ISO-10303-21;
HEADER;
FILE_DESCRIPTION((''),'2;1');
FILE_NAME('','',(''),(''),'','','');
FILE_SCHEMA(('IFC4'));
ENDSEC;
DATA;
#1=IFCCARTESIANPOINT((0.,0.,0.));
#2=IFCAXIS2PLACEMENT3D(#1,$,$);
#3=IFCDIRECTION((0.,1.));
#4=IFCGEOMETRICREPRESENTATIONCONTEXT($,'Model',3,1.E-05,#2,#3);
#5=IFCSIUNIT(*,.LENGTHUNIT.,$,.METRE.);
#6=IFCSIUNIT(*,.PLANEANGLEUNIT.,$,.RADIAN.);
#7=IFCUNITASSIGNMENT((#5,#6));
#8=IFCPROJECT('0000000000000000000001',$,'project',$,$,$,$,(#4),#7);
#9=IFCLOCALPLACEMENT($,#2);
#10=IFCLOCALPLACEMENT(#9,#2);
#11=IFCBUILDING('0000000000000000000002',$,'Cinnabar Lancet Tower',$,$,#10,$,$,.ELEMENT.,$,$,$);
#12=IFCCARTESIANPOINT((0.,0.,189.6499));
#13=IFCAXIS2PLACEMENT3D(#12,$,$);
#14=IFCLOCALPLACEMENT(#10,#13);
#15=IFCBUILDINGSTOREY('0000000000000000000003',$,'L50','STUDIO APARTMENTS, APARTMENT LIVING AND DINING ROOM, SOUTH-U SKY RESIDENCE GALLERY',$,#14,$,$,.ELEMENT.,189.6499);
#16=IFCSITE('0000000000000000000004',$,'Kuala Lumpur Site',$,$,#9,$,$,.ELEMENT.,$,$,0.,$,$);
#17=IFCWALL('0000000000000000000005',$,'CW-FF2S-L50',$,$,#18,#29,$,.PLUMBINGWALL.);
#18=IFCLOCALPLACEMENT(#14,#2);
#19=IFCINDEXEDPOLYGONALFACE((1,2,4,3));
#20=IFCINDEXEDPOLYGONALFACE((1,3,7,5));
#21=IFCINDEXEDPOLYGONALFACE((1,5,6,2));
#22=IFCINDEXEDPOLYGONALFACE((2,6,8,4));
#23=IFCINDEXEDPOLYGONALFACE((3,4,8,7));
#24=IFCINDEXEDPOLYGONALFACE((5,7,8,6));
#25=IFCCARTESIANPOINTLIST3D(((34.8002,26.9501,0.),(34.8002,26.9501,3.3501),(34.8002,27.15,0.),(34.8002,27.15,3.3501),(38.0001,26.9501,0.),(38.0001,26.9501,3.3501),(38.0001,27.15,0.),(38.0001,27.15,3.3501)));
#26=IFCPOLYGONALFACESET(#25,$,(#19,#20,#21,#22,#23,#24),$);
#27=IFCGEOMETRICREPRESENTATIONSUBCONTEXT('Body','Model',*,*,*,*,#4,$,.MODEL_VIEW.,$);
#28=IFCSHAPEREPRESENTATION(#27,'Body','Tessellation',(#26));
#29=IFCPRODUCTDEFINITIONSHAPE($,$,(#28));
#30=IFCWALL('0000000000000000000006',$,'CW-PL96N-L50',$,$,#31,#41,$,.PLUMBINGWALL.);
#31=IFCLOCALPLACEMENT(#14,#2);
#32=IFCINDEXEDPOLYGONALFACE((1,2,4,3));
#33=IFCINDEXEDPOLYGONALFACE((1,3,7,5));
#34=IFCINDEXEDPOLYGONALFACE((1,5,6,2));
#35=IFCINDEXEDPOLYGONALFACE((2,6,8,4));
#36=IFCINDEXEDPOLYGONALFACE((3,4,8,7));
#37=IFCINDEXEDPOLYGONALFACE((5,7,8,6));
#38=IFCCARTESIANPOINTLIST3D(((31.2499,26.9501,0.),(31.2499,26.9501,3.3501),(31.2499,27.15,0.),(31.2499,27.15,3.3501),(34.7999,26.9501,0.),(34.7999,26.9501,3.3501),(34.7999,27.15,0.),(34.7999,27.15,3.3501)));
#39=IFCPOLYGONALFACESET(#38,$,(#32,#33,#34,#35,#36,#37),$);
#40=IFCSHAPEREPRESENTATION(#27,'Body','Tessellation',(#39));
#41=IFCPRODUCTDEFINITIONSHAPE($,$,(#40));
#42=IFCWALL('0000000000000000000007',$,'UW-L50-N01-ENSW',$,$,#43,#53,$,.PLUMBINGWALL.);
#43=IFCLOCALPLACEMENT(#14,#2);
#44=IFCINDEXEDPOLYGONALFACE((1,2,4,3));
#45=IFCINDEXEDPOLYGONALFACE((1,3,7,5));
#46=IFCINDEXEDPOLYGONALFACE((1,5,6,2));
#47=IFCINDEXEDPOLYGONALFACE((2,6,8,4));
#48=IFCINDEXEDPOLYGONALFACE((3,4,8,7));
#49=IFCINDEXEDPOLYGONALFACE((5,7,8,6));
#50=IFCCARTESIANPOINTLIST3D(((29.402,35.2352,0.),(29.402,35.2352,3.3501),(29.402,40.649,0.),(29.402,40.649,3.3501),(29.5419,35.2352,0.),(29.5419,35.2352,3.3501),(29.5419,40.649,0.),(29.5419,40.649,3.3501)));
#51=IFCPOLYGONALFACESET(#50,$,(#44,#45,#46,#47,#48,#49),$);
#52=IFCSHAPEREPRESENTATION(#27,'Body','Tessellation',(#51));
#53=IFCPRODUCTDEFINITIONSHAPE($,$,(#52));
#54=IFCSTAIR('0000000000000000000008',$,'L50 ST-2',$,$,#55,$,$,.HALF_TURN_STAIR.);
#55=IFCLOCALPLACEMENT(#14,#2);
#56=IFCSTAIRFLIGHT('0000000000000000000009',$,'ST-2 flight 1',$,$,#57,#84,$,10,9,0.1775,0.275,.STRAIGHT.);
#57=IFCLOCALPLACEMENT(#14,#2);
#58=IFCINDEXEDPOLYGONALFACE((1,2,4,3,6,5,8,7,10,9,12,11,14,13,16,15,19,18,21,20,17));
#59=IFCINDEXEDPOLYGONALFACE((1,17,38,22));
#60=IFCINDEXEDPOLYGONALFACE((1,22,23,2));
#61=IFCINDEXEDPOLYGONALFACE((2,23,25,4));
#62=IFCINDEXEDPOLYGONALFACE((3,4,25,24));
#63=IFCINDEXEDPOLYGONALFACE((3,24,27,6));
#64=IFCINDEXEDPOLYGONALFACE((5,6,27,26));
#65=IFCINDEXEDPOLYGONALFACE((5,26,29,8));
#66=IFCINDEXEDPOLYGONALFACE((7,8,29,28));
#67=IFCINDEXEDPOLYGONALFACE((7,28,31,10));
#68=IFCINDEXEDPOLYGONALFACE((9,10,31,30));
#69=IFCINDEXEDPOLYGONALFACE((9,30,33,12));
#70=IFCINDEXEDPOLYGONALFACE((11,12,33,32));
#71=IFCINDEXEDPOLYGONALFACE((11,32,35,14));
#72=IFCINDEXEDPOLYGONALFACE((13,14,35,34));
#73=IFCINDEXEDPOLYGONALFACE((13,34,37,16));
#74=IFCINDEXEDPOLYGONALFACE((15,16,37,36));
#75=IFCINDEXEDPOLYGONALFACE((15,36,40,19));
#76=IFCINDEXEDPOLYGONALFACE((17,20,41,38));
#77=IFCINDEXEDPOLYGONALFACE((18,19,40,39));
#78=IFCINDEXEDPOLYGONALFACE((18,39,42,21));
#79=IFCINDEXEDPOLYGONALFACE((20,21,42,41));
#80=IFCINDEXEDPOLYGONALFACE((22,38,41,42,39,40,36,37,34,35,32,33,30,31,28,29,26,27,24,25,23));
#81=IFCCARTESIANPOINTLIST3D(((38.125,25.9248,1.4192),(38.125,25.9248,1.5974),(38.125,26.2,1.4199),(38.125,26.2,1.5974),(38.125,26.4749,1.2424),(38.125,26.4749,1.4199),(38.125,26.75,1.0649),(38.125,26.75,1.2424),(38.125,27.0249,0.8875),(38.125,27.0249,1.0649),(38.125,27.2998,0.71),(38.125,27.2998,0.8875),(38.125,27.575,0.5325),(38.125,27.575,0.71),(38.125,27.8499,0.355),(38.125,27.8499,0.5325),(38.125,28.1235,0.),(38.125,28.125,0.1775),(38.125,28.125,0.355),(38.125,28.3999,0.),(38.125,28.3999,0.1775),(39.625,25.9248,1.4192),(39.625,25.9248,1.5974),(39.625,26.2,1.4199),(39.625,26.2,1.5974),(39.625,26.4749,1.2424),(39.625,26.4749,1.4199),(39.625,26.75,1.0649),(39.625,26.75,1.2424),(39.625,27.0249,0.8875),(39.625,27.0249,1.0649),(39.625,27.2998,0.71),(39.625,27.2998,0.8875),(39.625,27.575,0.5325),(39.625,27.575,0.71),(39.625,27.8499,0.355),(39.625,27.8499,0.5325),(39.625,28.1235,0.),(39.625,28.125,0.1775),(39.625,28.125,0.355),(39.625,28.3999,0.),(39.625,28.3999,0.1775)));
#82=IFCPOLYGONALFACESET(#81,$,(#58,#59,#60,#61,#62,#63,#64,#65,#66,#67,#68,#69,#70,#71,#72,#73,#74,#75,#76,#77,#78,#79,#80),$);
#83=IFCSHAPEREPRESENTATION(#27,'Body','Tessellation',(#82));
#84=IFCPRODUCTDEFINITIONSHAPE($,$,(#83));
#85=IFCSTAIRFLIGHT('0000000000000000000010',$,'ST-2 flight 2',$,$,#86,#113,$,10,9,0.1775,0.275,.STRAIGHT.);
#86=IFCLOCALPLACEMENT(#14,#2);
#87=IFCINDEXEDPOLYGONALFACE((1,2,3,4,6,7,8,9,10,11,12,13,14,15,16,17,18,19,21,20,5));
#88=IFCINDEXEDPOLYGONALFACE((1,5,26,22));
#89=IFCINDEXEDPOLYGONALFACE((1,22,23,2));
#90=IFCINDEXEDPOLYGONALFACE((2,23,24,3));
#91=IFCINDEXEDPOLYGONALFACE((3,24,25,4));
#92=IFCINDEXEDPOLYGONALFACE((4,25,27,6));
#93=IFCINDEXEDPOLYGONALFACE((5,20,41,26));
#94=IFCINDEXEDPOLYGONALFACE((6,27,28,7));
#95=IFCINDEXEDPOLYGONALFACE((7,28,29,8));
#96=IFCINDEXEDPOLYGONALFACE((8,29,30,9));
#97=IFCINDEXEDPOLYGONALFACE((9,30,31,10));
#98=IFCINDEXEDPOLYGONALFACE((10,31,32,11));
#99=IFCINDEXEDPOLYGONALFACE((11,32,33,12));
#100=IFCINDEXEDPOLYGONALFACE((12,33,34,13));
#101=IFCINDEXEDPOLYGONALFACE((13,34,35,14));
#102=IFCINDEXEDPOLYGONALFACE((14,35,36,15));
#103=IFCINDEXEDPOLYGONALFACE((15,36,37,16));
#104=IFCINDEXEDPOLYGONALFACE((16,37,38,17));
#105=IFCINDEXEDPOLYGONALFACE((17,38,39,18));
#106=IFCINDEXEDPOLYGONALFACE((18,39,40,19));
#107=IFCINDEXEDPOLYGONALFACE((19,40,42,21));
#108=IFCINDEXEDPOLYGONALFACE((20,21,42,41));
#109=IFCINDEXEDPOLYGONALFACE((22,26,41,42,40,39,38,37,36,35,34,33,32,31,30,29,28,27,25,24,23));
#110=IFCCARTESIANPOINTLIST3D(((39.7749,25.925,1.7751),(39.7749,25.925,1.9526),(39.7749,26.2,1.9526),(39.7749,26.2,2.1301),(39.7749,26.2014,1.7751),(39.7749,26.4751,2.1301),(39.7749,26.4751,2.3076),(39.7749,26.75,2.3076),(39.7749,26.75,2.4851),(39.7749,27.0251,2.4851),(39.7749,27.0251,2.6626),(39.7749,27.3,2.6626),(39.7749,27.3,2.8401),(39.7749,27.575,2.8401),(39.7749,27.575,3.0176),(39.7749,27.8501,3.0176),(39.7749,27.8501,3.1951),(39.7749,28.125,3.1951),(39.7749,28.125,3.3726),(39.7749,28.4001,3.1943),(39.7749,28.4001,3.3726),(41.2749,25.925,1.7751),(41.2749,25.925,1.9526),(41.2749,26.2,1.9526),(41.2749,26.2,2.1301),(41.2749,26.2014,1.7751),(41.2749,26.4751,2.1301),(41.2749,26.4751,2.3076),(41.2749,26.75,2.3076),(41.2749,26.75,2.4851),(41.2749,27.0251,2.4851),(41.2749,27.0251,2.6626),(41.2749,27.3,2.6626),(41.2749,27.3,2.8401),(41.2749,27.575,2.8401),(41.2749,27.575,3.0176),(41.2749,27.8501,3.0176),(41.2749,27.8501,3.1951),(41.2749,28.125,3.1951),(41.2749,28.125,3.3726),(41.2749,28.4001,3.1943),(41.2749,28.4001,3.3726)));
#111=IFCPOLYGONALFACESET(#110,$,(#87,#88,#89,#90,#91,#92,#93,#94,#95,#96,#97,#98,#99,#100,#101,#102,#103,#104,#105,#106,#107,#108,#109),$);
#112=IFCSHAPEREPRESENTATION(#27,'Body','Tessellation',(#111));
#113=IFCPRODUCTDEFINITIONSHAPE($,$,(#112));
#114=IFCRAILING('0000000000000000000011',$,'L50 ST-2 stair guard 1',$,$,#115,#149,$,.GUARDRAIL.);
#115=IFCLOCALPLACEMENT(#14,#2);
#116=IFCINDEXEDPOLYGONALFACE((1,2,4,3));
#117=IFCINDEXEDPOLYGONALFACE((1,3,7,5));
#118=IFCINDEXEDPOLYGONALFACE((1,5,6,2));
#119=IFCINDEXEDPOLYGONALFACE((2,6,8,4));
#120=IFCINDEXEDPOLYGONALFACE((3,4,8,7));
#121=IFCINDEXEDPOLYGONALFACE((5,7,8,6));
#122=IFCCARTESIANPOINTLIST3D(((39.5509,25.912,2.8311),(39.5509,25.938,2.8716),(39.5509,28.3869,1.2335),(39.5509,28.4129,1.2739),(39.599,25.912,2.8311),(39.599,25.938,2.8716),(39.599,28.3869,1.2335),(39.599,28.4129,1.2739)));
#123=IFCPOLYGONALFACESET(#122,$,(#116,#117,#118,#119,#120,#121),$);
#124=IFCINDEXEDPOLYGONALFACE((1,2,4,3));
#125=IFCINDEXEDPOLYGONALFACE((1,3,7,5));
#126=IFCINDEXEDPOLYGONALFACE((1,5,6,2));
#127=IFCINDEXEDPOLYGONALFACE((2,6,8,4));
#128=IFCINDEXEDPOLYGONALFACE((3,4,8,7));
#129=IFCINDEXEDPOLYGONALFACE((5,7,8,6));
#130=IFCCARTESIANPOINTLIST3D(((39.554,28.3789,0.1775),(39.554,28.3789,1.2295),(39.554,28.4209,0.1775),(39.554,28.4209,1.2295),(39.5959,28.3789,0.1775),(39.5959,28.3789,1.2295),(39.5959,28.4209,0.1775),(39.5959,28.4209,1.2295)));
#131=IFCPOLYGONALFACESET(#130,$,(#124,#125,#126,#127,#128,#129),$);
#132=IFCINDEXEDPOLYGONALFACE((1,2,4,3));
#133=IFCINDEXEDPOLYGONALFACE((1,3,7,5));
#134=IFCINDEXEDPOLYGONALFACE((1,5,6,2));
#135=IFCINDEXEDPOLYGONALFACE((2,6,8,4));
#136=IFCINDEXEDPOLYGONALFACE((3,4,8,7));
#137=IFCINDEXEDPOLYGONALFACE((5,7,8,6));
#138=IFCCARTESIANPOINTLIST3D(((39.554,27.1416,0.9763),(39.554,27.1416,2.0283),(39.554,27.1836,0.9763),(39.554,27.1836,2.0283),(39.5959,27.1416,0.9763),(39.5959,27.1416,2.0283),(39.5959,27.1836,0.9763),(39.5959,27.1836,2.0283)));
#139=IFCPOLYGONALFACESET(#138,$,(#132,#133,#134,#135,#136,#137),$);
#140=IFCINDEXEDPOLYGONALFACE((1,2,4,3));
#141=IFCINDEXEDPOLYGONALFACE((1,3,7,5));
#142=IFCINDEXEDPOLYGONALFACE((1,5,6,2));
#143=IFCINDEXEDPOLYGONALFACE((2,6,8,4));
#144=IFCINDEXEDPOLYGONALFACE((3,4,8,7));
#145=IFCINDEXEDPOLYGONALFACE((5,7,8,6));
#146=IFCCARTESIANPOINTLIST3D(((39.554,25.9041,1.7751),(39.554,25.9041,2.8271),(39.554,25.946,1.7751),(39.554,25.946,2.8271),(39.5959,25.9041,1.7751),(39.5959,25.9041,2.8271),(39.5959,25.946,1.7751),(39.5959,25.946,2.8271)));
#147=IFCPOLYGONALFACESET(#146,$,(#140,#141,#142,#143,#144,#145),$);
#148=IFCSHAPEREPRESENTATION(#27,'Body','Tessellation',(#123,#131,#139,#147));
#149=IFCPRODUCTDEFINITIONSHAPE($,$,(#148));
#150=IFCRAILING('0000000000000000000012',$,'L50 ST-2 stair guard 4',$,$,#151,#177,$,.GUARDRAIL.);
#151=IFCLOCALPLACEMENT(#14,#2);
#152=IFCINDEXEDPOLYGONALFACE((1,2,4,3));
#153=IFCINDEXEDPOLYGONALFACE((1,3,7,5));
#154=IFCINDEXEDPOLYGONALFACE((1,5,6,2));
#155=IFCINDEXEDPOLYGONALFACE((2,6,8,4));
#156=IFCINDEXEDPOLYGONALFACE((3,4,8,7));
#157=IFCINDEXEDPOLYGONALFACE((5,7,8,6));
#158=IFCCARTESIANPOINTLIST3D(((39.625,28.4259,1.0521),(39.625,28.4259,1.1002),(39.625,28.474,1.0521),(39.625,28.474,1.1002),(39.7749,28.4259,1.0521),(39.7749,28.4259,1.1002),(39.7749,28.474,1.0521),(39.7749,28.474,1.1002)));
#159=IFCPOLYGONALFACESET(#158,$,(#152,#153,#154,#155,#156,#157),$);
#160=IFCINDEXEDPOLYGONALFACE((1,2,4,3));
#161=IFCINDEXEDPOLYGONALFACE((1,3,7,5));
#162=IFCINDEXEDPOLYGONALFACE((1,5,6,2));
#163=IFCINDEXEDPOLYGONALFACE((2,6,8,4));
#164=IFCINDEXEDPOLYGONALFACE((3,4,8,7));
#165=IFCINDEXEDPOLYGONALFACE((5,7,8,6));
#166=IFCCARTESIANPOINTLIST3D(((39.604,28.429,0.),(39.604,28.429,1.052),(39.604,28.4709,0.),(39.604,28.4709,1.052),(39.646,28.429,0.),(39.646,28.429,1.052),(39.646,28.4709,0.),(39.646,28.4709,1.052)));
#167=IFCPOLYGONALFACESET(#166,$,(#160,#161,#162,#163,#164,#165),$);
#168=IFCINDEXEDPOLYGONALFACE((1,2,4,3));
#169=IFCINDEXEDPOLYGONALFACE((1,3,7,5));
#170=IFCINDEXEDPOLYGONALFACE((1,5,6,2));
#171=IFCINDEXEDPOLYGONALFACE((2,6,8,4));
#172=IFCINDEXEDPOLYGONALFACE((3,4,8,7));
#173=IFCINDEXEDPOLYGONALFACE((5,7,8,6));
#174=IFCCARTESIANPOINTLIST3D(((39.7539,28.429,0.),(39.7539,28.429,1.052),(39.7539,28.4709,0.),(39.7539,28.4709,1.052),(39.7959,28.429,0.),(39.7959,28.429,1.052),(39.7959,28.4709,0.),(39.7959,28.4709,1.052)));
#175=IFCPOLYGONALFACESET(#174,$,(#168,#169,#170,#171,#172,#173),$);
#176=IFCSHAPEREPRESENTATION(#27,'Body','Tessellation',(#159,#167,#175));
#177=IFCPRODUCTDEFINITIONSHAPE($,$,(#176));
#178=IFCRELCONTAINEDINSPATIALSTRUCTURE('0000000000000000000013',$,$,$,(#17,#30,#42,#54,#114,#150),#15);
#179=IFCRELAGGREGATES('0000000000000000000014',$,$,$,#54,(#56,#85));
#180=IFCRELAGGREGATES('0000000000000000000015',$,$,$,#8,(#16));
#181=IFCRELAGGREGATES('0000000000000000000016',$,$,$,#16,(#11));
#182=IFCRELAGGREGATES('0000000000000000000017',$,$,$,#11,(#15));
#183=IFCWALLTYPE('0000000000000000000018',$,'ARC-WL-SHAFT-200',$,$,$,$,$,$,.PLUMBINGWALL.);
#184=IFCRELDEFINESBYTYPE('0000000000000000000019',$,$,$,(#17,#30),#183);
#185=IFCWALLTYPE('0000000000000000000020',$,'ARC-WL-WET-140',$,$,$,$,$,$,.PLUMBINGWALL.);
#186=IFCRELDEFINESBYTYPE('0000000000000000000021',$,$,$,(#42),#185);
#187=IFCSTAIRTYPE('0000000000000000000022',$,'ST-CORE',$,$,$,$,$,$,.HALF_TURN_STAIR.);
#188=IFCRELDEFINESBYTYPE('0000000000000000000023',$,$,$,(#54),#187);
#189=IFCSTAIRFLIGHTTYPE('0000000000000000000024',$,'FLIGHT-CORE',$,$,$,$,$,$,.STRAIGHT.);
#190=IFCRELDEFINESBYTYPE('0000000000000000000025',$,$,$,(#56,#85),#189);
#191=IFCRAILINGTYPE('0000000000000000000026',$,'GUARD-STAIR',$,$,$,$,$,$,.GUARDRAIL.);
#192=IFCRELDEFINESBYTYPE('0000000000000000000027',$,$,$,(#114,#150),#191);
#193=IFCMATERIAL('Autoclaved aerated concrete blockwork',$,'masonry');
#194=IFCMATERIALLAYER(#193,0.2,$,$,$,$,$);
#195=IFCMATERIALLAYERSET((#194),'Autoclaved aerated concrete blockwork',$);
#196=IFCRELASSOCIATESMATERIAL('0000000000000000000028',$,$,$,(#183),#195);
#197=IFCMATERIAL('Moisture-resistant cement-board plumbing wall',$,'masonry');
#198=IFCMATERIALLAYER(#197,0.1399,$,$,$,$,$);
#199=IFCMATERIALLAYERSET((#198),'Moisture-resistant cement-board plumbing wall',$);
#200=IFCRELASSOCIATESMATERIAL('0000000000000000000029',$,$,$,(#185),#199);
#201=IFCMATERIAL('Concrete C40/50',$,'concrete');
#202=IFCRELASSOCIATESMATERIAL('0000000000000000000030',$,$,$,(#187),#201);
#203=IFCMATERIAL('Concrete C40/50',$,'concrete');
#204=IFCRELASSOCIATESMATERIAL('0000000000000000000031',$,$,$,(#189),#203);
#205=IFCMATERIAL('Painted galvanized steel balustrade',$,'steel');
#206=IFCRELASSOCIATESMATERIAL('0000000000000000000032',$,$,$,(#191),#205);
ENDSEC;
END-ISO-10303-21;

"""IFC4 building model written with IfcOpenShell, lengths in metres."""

from ifc_helpers import new_model, si_unit, direction, frame, frame_2d, origin, origin_2d, place, context, subcontext, project, spatial, polyline, rectangle, outline, extrude, material, layer, layer_set, type_object, element, aggregate, save


model = new_model("IFC4")

# Units and contexts
model_context = context("Model", 3, precision=1e-05, world=origin(), true_north=direction((0.0, 1.0)))
body_context = subcontext(model_context, "Body", "Model", "MODEL_VIEW")
ifc_project = project(units=[si_unit("LENGTHUNIT", "METRE"), si_unit("PLANEANGLEUNIT", "RADIAN")], contexts=[model_context])

# Site, building, storey
site_placement = place(None, origin())
site = spatial("IfcSite", under=ifc_project, at=site_placement, Name="Kuala Lumpur Site", CompositionType="ELEMENT", RefElevation=0.0)
building_placement = place(site_placement, origin())
building = spatial("IfcBuilding", under=site, at=building_placement, Name="Cinnabar Lancet Tower", CompositionType="ELEMENT")
storey_placement = place(building_placement, frame((0.0, 0.0, 189.6499)))
storey = spatial("IfcBuildingStorey", under=building, at=storey_placement, Name="L50", Description="STUDIO APARTMENTS, APARTMENT LIVING AND DINING ROOM, SOUTH-U SKY RESIDENCE GALLERY", CompositionType="ELEMENT", Elevation=189.6499)

# Shared definitions
ifc_material_1 = material(Name="Autoclaved aerated concrete blockwork", Category="masonry")
ifc_layer_1 = layer(ifc_material_1, 0.2)
ifc_layer_set_1 = layer_set([ifc_layer_1], Name="Autoclaved aerated concrete blockwork")
wall_type_1 = type_object("IfcWallType", Name="ARC-WL-SHAFT-200", PredefinedType="PLUMBINGWALL", material=ifc_layer_set_1)

# Walls
wall_1_placement = place(storey_placement, frame((34.8, 27.05, 0.0), z_axis=(0.0, 0.0, 1.0), x_axis=(1.0, 0.0, 0.0)))
element("IfcWall", 1, at=wall_1_placement, inside=storey, type_object=wall_type_1, Name="CW-FF2S-L50", PredefinedType="PLUMBINGWALL", context=body_context, shape_type="SweptSolid", body=[
    extrude(rectangle(XDim=3.2, YDim=0.2, at=frame_2d((1.6001, 0.0))), origin(), (0.0, 0.0, 1.0), 3.3501),
])
wall_2_placement = place(storey_placement, frame((31.25, 27.05, 0.0), z_axis=(0.0, 0.0, 1.0), x_axis=(1.0, 0.0, 0.0)))
element("IfcWall", 2, at=wall_2_placement, inside=storey, type_object=wall_type_1, Name="CW-PL96N-L50", PredefinedType="PLUMBINGWALL", context=body_context, shape_type="SweptSolid", body=[
    extrude(rectangle(XDim=3.55, YDim=0.2, at=frame_2d((1.7749, 0.0))), origin(), (0.0, 0.0, 1.0), 3.3501),
])
ifc_material_2 = material(Name="Moisture-resistant cement-board plumbing wall", Category="masonry")
ifc_layer_2 = layer(ifc_material_2, 0.1399)
ifc_layer_set_2 = layer_set([ifc_layer_2], Name="Moisture-resistant cement-board plumbing wall")
wall_type_2 = type_object("IfcWallType", Name="ARC-WL-WET-140", PredefinedType="PLUMBINGWALL", material=ifc_layer_set_2)
wall_3_placement = place(storey_placement, frame((29.4719, 35.2351, 0.0), z_axis=(0.0, 0.0, 1.0), x_axis=(0.0, 1.0, 0.0)))
element("IfcWall", 3, at=wall_3_placement, inside=storey, type_object=wall_type_2, Name="UW-L50-N01-ENSW", PredefinedType="PLUMBINGWALL", context=body_context, shape_type="SweptSolid", body=[
    extrude(rectangle(XDim=5.4138, YDim=0.1399, at=frame_2d((2.707, 0.0))), origin(), (0.0, 0.0, 1.0), 3.3501),
])

# Stair, stair flights
ifc_material_3 = material(Name="Concrete C40/50", Category="concrete")
stair_type = type_object("IfcStairType", Name="ST-CORE", PredefinedType="HALF_TURN_STAIR", material=ifc_material_3)
stair_placement = place(storey_placement, origin())
stair = element("IfcStair", 4, at=stair_placement, inside=storey, type_object=stair_type, Name="L50 ST-2", PredefinedType="HALF_TURN_STAIR")
ifc_material_4 = material(Name="Concrete C40/50", Category="concrete")
stair_flight_type = type_object("IfcStairFlightType", Name="FLIGHT-CORE", PredefinedType="STRAIGHT", material=ifc_material_4)
stair_flight_1_placement = place(storey_placement, frame((38.875, 28.3999, 0.0), z_axis=(0.0, 0.0, 1.0), x_axis=(0.0, -1.0, 0.0)))
stair_flight_1 = element("IfcStairFlight", 5, at=stair_flight_1_placement, type_object=stair_flight_type, Name="ST-2 flight 1", NumberOfRisers=10, NumberOfTreads=9, PredefinedType="STRAIGHT", RiserHeight=0.1775, TreadLength=0.275, context=body_context, shape_type="SweptSolid", body=[
    extrude(outline(polyline([(0.0, 0.0), (0.0, 0.1775), (0.2749, 0.1775), (0.2749, 0.355), (0.55, 0.355), (0.55, 0.5325), (0.825, 0.5325), (0.825, 0.71), (1.1001, 0.71), (1.1001, 0.8875), (1.375, 0.8875), (1.375, 1.0649), (1.6499, 1.0649), (1.6499, 1.2424), (1.925, 1.2424), (1.925, 1.4199), (2.2, 1.4199), (2.2, 1.5974), (2.4751, 1.5974), (2.4751, 1.7749), (2.4751, 1.4192), (0.2764, 0.0), (0.0, 0.0)])), frame((0.0, 0.75, 0.0), z_axis=(0.0, -1.0, 0.0), x_axis=(1.0, 0.0, 0.0)), (0.0, 0.0, 1.0), 1.5),
])
stair_flight_2_placement = place(storey_placement, frame((40.5249, 25.925, 1.7751), z_axis=(0.0, 0.0, 1.0), x_axis=(0.0, 1.0, 0.0)))
stair_flight_2 = element("IfcStairFlight", 6, at=stair_flight_2_placement, type_object=stair_flight_type, Name="ST-2 flight 2", NumberOfRisers=10, NumberOfTreads=9, PredefinedType="STRAIGHT", RiserHeight=0.1775, TreadLength=0.275, context=body_context, shape_type="SweptSolid", body=[
    extrude(outline(polyline([(0.0, 0.0), (0.0, 0.1775), (0.2749, 0.1775), (0.2749, 0.355), (0.55, 0.355), (0.55, 0.5325), (0.825, 0.5325), (0.825, 0.71), (1.1001, 0.71), (1.1001, 0.8875), (1.375, 0.8875), (1.375, 1.0649), (1.6499, 1.0649), (1.6499, 1.2424), (1.925, 1.2424), (1.925, 1.4199), (2.2, 1.4199), (2.2, 1.5974), (2.4751, 1.5974), (2.4751, 1.7749), (2.4751, 1.4192), (0.2764, 0.0), (0.0, 0.0)])), frame((0.0, 0.75, 0.0), z_axis=(0.0, -1.0, 0.0), x_axis=(1.0, 0.0, 0.0)), (0.0, 0.0, 1.0), 1.5),
])
aggregate(stair, [stair_flight_1, stair_flight_2])

# Railings
ifc_material_5 = material(Name="Painted galvanized steel balustrade", Category="steel")
railing_type_1 = type_object("IfcRailingType", Name="GUARD-STAIR", PredefinedType="GUARDRAIL", material=ifc_material_5)
railing_1_placement = place(storey_placement, frame((39.575, 28.3999, 0.1775)))
element("IfcRailing", 7, at=railing_1_placement, inside=storey, type_object=railing_type_1, Name="L50 ST-2 stair guard 1", PredefinedType="GUARDRAIL", context=body_context, shape_type="SweptSolid", body=[
    extrude(rectangle(XDim=0.0481, YDim=0.0481, at=origin_2d()), frame((0.0, 0.0, 1.0762), z_axis=(0.0, -0.840146, 0.542361), x_axis=(1.0, 0.0, 0.0)), (0.0, 0.0, 1.0), 2.9458),
    extrude(rectangle(XDim=0.042, YDim=0.042, at=origin_2d()), origin(), (0.0, 0.0, 1.0), 1.052),
    extrude(rectangle(XDim=0.042, YDim=0.042, at=origin_2d()), frame((0.0, -1.2373, 0.7988)), (0.0, 0.0, 1.0), 1.052),
    extrude(rectangle(XDim=0.042, YDim=0.042, at=origin_2d()), frame((0.0, -2.4749, 1.5977)), (0.0, 0.0, 1.0), 1.052),
])
railing_2_placement = place(storey_placement, frame((39.625, 28.45, 0.0)))
element("IfcRailing", 8, at=railing_2_placement, inside=storey, type_object=railing_type_1, Name="L50 ST-2 stair guard 4", PredefinedType="GUARDRAIL", context=body_context, shape_type="SweptSolid", body=[
    extrude(rectangle(XDim=0.0481, YDim=0.0481, at=origin_2d()), frame((0.0, 0.0, 1.0762), z_axis=(1.0, 0.0, 0.0), x_axis=(0.0, 1.0, 0.0)), (0.0, 0.0, 1.0), 0.1499),
    extrude(rectangle(XDim=0.042, YDim=0.042, at=origin_2d()), origin(), (0.0, 0.0, 1.0), 1.052),
    extrude(rectangle(XDim=0.042, YDim=0.042, at=origin_2d()), frame((0.1499, 0.0, 0.0)), (0.0, 0.0, 1.0), 1.052),
])

save(model, "model.ifc")
